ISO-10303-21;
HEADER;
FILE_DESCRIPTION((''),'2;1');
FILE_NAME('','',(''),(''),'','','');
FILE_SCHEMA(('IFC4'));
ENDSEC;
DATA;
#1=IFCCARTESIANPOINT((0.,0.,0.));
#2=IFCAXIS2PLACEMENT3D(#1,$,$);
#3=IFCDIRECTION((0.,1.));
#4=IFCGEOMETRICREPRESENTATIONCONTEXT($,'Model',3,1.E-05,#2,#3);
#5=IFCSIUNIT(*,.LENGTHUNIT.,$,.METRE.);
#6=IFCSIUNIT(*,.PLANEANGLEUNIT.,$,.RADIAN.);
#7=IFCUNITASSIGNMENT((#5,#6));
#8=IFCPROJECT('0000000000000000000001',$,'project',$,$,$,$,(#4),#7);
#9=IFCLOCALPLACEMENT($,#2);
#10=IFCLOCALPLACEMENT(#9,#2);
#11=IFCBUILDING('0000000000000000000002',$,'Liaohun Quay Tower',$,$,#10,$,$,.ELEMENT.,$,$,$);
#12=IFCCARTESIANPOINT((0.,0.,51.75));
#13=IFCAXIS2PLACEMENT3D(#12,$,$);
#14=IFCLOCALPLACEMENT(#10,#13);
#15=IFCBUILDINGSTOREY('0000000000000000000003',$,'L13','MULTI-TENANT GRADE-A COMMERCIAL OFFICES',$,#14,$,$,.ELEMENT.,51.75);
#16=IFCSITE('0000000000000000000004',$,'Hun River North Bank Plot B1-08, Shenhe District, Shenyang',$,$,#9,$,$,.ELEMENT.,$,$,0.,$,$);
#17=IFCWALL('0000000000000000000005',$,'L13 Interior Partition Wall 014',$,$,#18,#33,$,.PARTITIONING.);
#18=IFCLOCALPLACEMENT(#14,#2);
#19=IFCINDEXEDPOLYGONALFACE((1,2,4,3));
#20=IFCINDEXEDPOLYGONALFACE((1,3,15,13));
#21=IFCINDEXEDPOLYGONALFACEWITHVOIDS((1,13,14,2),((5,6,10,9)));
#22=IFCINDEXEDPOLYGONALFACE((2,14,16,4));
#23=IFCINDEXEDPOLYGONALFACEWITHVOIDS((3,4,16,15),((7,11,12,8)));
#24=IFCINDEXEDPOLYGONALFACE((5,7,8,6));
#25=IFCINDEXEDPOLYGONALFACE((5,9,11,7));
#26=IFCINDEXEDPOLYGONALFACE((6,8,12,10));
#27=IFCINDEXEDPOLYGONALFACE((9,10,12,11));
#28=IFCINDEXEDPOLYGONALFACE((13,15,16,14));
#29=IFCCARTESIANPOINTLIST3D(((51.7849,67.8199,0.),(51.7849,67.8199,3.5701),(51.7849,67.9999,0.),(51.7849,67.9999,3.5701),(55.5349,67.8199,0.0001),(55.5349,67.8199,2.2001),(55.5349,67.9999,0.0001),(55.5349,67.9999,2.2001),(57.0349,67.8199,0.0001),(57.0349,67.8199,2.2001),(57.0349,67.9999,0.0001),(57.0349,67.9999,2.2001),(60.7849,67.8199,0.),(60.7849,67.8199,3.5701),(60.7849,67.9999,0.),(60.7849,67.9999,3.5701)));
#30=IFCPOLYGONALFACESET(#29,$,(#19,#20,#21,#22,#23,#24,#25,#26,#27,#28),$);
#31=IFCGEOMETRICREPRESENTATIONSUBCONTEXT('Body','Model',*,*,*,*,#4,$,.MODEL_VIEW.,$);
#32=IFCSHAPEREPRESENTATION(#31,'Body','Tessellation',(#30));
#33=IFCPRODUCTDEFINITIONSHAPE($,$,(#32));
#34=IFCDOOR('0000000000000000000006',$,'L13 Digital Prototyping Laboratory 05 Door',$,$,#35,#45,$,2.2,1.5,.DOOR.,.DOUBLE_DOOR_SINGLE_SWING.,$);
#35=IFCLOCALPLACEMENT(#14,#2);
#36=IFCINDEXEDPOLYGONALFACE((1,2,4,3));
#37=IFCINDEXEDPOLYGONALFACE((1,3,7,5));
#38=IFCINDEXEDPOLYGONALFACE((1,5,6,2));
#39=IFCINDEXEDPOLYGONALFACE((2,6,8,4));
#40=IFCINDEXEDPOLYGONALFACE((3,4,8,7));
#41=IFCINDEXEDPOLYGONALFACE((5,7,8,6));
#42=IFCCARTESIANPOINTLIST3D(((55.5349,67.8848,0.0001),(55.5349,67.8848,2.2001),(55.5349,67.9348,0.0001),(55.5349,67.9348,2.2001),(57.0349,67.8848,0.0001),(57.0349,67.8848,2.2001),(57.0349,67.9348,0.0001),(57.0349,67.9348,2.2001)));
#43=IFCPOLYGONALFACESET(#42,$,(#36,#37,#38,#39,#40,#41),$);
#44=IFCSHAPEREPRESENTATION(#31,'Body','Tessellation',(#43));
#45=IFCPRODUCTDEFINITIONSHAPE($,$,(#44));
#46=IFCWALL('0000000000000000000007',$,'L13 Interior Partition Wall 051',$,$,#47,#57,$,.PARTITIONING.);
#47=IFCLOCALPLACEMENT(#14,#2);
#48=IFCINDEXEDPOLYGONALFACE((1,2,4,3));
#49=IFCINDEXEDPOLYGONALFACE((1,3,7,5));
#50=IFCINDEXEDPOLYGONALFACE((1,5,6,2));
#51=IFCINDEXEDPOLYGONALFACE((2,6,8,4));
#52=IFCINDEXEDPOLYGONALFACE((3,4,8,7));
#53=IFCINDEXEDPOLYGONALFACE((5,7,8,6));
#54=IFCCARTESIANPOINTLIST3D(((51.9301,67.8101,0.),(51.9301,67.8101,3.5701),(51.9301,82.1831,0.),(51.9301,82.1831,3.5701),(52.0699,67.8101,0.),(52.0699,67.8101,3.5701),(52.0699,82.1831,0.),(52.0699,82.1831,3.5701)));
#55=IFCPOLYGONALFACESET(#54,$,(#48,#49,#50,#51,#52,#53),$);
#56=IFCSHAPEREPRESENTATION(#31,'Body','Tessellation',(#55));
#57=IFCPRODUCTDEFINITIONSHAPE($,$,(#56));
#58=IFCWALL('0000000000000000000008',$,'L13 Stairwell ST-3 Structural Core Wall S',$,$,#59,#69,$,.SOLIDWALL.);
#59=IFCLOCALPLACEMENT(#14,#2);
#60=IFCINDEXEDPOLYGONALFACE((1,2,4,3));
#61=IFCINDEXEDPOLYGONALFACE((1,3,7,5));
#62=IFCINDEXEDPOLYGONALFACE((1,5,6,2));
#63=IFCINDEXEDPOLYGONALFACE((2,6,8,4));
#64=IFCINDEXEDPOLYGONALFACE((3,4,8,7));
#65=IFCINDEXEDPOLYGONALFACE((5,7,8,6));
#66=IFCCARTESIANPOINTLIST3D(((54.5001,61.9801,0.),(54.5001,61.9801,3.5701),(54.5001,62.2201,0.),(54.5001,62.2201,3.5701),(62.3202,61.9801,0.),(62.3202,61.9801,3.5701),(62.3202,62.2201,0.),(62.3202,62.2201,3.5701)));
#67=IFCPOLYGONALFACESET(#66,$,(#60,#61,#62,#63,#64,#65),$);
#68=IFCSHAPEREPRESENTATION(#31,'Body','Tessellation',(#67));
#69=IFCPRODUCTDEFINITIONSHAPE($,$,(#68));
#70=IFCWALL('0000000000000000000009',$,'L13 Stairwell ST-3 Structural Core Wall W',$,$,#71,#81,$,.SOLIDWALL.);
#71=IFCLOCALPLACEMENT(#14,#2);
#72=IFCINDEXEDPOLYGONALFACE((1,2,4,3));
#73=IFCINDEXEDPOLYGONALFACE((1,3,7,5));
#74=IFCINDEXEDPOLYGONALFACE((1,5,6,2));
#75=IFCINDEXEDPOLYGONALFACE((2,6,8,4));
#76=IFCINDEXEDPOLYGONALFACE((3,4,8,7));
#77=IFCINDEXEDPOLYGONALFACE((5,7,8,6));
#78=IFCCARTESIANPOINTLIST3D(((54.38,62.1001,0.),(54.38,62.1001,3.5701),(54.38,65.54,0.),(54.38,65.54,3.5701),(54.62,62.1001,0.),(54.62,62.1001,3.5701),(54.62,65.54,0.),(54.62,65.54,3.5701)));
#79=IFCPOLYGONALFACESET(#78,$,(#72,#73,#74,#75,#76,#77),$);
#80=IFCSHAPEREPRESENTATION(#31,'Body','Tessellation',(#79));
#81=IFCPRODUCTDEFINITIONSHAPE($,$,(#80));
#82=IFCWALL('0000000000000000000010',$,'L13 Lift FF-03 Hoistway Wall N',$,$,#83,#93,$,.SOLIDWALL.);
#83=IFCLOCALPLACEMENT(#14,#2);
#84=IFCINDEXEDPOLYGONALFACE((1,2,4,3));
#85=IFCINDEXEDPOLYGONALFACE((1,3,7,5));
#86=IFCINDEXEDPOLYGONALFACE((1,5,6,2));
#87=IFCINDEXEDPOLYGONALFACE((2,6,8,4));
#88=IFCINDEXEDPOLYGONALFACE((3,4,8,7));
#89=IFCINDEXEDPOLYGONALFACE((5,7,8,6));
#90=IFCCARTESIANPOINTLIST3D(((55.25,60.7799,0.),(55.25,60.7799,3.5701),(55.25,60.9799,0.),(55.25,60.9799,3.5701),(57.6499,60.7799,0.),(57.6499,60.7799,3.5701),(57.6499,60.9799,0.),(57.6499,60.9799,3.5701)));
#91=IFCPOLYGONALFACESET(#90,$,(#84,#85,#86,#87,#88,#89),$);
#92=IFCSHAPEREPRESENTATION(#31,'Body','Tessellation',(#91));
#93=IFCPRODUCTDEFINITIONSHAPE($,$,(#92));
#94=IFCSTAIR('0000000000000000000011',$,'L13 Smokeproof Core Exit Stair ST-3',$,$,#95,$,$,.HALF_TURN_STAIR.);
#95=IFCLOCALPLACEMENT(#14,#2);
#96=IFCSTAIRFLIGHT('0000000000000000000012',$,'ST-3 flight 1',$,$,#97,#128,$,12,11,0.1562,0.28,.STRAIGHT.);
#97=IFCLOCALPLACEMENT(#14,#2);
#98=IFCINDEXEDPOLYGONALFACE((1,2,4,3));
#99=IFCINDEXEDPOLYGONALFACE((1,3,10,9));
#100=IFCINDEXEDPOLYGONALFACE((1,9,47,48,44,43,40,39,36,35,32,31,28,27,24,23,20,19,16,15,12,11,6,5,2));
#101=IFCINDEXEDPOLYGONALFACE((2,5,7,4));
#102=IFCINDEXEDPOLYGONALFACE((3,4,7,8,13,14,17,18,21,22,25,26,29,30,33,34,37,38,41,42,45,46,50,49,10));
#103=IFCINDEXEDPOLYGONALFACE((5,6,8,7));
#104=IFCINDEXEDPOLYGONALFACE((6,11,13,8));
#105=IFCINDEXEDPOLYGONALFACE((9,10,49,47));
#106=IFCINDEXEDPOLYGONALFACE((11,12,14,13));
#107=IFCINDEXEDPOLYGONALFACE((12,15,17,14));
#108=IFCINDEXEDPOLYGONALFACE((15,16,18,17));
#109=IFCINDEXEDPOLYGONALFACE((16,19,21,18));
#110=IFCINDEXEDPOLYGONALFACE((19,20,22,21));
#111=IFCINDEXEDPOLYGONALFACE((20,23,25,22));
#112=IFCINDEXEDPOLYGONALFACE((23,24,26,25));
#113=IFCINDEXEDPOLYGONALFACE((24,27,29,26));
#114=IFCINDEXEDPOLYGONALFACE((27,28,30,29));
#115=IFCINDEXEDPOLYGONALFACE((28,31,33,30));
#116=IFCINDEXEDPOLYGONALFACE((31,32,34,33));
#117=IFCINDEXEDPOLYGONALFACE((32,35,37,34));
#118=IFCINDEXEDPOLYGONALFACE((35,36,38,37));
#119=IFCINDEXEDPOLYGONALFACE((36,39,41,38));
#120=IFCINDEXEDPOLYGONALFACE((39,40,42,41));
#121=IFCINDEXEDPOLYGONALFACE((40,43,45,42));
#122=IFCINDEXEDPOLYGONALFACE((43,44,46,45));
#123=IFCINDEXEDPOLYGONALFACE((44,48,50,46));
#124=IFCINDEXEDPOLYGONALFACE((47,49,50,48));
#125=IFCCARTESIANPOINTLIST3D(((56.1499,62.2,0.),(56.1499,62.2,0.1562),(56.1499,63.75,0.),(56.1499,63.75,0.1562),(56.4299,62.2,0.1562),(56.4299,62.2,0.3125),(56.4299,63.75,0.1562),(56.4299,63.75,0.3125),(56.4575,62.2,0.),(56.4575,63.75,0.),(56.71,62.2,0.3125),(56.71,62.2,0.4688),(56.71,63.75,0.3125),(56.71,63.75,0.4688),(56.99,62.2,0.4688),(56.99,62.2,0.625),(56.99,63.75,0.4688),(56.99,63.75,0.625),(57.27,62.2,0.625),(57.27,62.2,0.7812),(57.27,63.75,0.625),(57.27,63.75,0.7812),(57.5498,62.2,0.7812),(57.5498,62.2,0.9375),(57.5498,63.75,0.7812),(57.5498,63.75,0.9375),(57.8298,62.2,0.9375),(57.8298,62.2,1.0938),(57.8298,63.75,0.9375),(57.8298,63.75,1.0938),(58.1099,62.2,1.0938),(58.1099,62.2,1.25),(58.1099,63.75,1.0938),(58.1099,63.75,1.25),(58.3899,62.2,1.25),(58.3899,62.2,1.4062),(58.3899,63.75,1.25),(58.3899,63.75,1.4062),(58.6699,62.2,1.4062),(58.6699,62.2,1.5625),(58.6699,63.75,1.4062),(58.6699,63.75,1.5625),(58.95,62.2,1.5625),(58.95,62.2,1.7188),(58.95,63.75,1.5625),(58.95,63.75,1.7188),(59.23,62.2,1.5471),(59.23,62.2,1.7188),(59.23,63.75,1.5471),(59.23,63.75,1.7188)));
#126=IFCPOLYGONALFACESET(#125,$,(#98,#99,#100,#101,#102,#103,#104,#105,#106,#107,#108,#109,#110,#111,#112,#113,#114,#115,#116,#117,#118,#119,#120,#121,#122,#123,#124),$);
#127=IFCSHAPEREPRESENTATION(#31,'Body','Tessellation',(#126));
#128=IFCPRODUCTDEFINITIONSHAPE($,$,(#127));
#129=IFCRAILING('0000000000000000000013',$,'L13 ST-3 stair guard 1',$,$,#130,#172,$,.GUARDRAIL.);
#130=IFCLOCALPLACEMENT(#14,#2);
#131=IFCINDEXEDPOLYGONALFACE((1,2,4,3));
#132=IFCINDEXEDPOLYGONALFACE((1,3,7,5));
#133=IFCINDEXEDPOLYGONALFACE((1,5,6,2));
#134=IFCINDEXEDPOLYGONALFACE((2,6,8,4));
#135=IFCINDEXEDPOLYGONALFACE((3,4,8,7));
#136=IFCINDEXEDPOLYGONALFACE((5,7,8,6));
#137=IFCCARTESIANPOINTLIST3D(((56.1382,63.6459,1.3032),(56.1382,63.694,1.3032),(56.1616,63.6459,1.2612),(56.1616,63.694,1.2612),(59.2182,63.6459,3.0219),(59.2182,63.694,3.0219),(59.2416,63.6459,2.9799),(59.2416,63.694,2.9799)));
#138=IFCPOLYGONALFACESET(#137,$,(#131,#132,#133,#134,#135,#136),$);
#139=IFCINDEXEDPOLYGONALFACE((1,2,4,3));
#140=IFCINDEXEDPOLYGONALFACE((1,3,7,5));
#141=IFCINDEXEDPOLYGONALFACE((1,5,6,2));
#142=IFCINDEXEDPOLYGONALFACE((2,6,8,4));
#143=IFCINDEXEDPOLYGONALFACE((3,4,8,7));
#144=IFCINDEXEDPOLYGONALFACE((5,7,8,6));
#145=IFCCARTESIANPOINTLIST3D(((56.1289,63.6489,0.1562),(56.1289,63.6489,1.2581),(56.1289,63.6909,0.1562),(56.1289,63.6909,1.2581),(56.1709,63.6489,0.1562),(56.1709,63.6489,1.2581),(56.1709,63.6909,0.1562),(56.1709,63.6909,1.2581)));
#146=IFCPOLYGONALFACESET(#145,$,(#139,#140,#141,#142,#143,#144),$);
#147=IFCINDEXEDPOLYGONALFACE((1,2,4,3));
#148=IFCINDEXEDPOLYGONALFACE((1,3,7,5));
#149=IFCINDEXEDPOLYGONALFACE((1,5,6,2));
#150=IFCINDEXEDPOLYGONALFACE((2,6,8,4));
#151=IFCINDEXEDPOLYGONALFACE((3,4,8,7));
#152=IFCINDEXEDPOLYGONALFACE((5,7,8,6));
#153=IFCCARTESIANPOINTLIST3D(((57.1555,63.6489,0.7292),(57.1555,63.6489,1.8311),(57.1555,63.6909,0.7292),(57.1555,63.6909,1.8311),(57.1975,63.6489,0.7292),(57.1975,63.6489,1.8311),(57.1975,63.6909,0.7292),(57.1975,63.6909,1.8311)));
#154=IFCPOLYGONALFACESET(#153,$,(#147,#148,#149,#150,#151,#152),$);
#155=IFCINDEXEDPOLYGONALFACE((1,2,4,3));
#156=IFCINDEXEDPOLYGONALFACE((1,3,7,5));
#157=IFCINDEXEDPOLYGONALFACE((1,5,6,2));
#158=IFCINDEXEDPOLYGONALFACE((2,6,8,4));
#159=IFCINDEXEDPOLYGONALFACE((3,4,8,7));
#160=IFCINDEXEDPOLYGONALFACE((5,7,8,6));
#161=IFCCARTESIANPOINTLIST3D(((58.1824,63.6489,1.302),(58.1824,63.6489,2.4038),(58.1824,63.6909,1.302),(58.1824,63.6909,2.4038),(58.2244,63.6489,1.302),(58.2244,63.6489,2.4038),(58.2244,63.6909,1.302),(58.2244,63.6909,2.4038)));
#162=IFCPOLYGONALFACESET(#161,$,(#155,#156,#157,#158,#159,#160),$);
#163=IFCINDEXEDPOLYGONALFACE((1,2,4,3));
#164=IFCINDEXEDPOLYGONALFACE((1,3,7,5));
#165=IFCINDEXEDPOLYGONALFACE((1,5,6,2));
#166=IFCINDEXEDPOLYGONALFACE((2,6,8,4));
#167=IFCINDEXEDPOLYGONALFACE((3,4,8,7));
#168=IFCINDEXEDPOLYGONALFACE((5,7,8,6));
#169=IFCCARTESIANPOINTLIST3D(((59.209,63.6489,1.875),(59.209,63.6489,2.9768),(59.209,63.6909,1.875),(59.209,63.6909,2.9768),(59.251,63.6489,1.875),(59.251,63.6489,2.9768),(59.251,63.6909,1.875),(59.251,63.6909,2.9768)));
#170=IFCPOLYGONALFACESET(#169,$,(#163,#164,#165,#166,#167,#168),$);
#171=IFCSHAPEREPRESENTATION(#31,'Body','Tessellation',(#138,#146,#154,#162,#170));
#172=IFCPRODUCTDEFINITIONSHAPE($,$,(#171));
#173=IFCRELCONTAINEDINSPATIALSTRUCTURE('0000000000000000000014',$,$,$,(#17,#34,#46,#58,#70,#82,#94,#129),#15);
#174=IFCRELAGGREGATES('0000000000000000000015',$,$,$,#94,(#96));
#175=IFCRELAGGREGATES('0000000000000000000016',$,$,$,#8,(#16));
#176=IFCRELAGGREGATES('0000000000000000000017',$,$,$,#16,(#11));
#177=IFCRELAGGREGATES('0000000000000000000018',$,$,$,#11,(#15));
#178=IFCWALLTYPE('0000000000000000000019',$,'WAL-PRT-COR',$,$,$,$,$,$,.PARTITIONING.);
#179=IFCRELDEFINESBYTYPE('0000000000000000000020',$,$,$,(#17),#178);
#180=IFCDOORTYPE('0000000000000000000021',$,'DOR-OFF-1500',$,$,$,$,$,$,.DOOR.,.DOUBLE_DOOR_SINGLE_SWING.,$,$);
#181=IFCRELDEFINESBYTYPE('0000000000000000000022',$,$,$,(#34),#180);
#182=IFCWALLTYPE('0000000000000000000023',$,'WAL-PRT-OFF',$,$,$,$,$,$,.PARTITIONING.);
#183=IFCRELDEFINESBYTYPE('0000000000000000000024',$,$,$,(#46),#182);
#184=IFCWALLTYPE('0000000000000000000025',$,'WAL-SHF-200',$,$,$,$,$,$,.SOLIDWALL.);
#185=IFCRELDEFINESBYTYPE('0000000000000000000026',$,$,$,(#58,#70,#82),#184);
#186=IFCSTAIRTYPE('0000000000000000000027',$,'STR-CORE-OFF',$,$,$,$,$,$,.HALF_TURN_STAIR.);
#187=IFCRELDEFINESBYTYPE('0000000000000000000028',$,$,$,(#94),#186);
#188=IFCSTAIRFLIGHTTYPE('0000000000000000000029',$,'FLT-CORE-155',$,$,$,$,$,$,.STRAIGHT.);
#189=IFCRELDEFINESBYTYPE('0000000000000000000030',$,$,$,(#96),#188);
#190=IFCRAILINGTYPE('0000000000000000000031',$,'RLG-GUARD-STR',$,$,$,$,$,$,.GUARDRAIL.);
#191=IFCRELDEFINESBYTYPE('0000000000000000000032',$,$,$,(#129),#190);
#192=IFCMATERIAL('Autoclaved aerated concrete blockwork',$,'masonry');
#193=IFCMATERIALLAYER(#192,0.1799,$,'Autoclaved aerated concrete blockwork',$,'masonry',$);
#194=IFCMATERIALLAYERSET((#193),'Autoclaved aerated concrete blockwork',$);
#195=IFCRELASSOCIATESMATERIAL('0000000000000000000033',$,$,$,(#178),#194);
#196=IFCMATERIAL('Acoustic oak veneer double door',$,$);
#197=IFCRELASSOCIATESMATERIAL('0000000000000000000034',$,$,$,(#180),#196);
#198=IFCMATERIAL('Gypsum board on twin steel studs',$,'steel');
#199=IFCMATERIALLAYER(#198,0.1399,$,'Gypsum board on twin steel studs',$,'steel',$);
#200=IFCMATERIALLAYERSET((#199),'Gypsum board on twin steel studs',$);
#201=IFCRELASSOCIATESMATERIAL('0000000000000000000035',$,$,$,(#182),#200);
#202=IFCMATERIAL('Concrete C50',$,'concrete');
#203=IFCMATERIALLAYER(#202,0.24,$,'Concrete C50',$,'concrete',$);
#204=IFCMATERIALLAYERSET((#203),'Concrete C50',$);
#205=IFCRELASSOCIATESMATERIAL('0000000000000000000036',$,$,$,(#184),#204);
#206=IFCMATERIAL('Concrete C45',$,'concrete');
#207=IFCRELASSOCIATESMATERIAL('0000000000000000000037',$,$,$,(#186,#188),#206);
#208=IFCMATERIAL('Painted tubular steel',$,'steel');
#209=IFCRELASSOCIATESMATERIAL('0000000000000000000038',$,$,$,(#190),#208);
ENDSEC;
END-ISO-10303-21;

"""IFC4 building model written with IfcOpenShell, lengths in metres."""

from ifc_helpers import new_model, si_unit, direction, frame, frame_2d, origin, origin_2d, place, context, subcontext, project, spatial, polyline, rectangle, outline, extrude, source, transform, mapped, material, layer, layer_set, type_object, element, fill, aggregate, save


model = new_model("IFC4")

# Units and contexts
model_context = context("Model", 3, precision=1e-05, world=origin(), true_north=direction((0.0, 1.0)))
body_context = subcontext(model_context, "Body", "Model", "MODEL_VIEW")
ifc_project = project(units=[si_unit("LENGTHUNIT", "METRE"), si_unit("PLANEANGLEUNIT", "RADIAN")], contexts=[model_context])

# Site, building, storey
site_placement = place(None, origin())
site = spatial("IfcSite", under=ifc_project, at=site_placement, Name="Hun River North Bank Plot B1-08, Shenhe District, Shenyang", CompositionType="ELEMENT", RefElevation=0.0)
building_placement = place(site_placement, origin())
building = spatial("IfcBuilding", under=site, at=building_placement, Name="Liaohun Quay Tower", CompositionType="ELEMENT")
storey_placement = place(building_placement, frame((0.0, 0.0, 51.75)))
storey = spatial("IfcBuildingStorey", under=building, at=storey_placement, Name="L13", Description="MULTI-TENANT GRADE-A COMMERCIAL OFFICES", CompositionType="ELEMENT", Elevation=51.75)

# Wall, opening, door
ifc_material_1 = material(Name="Autoclaved aerated concrete blockwork", Category="masonry")
ifc_layer_1 = layer(ifc_material_1, 0.1799, Name="Autoclaved aerated concrete blockwork", Category="masonry")
ifc_layer_set_1 = layer_set([ifc_layer_1], Name="Autoclaved aerated concrete blockwork")
wall_type_1 = type_object("IfcWallType", Name="WAL-PRT-COR", PredefinedType="PARTITIONING", material=ifc_layer_set_1)
wall_1_placement = place(storey_placement, frame((51.7849, 67.9099, 0.0), z_axis=(0.0, 0.0, 1.0), x_axis=(1.0, 0.0, 0.0)))
wall_1 = element("IfcWall", 1, at=wall_1_placement, inside=storey, type_object=wall_type_1, Name="L13 Interior Partition Wall 014", PredefinedType="PARTITIONING", context=body_context, shape_type="SweptSolid", body=[
    extrude(rectangle(XDim=9.0, YDim=0.1799, at=frame_2d((4.5, 0.0))), origin(), (0.0, 0.0, 1.0), 3.5701),
])
shared_shape_1 = source(origin(), body_context, "Body", "SweptSolid", [
    extrude(rectangle(XDim=1.5, YDim=2.2, at=frame_2d((0.75, 1.1001))), frame((0.0, 0.0999, 0.0), z_axis=(0.0, -1.0, 0.0), x_axis=(1.0, 0.0, 0.0)), (0.0, 0.0, 1.0), 0.2),
])
opening_1_placement = place(wall_1_placement, frame((3.75, 0.0, 0.0)))
opening_1 = element("IfcOpeningElement", 2, at=opening_1_placement, cuts=wall_1, PredefinedType="OPENING", context=body_context, shape_type="MappedRepresentation", body=[
    mapped(shared_shape_1, transform((0.0, 0.0, 0.0), x_axis=(1.0, 0.0, 0.0), y_axis=(0.0, 1.0, 0.0), z_axis=(0.0, 0.0, 1.0), scale=1.0)),
])
ifc_material_2 = material(Name="Acoustic oak veneer double door")
door_type = type_object("IfcDoorType", Name="DOR-OFF-1500", OperationType="DOUBLE_DOOR_SINGLE_SWING", PredefinedType="DOOR", material=ifc_material_2)
shared_shape_2 = source(origin(), body_context, "Body", "SweptSolid", [
    extrude(rectangle(XDim=1.5, YDim=2.2, at=frame_2d((0.75, 1.1001))), frame((0.0, 0.0249, 0.0), z_axis=(0.0, -1.0, 0.0), x_axis=(1.0, 0.0, 0.0)), (0.0, 0.0, 1.0), 0.05),
])
door_placement = place(opening_1_placement, origin())
door = element("IfcDoor", 3, at=door_placement, inside=storey, type_object=door_type, Name="L13 Digital Prototyping Laboratory 05 Door", OperationType="DOUBLE_DOOR_SINGLE_SWING", OverallHeight=2.2, OverallWidth=1.5, PredefinedType="DOOR", context=body_context, shape_type="MappedRepresentation", body=[
    mapped(shared_shape_2, transform((0.0, 0.0, 0.0), x_axis=(1.0, 0.0, 0.0), y_axis=(0.0, 1.0, 0.0), z_axis=(0.0, 0.0, 1.0), scale=1.0)),
])
fill(opening_1, door)

# Walls
ifc_material_3 = material(Name="Gypsum board on twin steel studs", Category="steel")
ifc_layer_2 = layer(ifc_material_3, 0.1399, Name="Gypsum board on twin steel studs", Category="steel")
ifc_layer_set_2 = layer_set([ifc_layer_2], Name="Gypsum board on twin steel studs")
wall_type_2 = type_object("IfcWallType", Name="WAL-PRT-OFF", PredefinedType="PARTITIONING", material=ifc_layer_set_2)
wall_2_placement = place(storey_placement, frame((52.0, 67.8101, 0.0), z_axis=(0.0, 0.0, 1.0), x_axis=(0.0, 1.0, 0.0)))
element("IfcWall", 4, at=wall_2_placement, inside=storey, type_object=wall_type_2, Name="L13 Interior Partition Wall 051", PredefinedType="PARTITIONING", context=body_context, shape_type="SweptSolid", body=[
    extrude(rectangle(XDim=14.373, YDim=0.1399, at=frame_2d((7.1865, 0.0))), origin(), (0.0, 0.0, 1.0), 3.5701),
])
ifc_material_4 = material(Name="Concrete C50", Category="concrete")
ifc_layer_3 = layer(ifc_material_4, 0.24, Name="Concrete C50", Category="concrete")
ifc_layer_set_3 = layer_set([ifc_layer_3], Name="Concrete C50")
wall_type_3 = type_object("IfcWallType", Name="WAL-SHF-200", PredefinedType="SOLIDWALL", material=ifc_layer_set_3)
wall_3_placement = place(storey_placement, frame((54.5, 62.1001, 0.0), z_axis=(0.0, 0.0, 1.0), x_axis=(1.0, 0.0, 0.0)))
element("IfcWall", 5, at=wall_3_placement, inside=storey, type_object=wall_type_3, Name="L13 Stairwell ST-3 Structural Core Wall S", PredefinedType="SOLIDWALL", context=body_context, shape_type="SweptSolid", body=[
    extrude(rectangle(XDim=7.8201, YDim=0.24, at=frame_2d((3.9102, 0.0))), origin(), (0.0, 0.0, 1.0), 3.5701),
])
wall_4_placement = place(storey_placement, frame((54.5, 65.54, 0.0), z_axis=(0.0, 0.0, 1.0), x_axis=(0.0, -1.0, 0.0)))
element("IfcWall", 6, at=wall_4_placement, inside=storey, type_object=wall_type_3, Name="L13 Stairwell ST-3 Structural Core Wall W", PredefinedType="SOLIDWALL", context=body_context, shape_type="SweptSolid", body=[
    extrude(rectangle(XDim=3.4399, YDim=0.24, at=frame_2d((1.72, 0.0))), origin(), (0.0, 0.0, 1.0), 3.5701),
])
wall_5_placement = place(storey_placement, frame((57.6499, 60.8799, 0.0), z_axis=(0.0, 0.0, 1.0), x_axis=(-1.0, 0.0, 0.0)))
element("IfcWall", 7, at=wall_5_placement, inside=storey, type_object=wall_type_3, Name="L13 Lift FF-03 Hoistway Wall N", PredefinedType="SOLIDWALL", context=body_context, shape_type="SweptSolid", body=[
    extrude(rectangle(XDim=2.3999, YDim=0.2, at=frame_2d((1.2, 0.0))), origin(), (0.0, 0.0, 1.0), 3.5701),
])

# Stair, stair flight
ifc_material_5 = material(Name="Concrete C45", Category="concrete")
stair_type = type_object("IfcStairType", Name="STR-CORE-OFF", PredefinedType="HALF_TURN_STAIR", material=ifc_material_5)
stair_placement = place(storey_placement, origin())
stair = element("IfcStair", 8, at=stair_placement, inside=storey, type_object=stair_type, Name="L13 Smokeproof Core Exit Stair ST-3", PredefinedType="HALF_TURN_STAIR")
stair_flight_type = type_object("IfcStairFlightType", Name="FLT-CORE-155", PredefinedType="STRAIGHT", material=ifc_material_5)
stair_flight_placement = place(storey_placement, frame((56.1499, 62.9751, 0.0), z_axis=(0.0, 0.0, 1.0), x_axis=(1.0, 0.0, 0.0)))
stair_flight = element("IfcStairFlight", 9, at=stair_flight_placement, type_object=stair_flight_type, Name="ST-3 flight 1", NumberOfRisers=12, NumberOfTreads=11, PredefinedType="STRAIGHT", RiserHeight=0.1562, TreadLength=0.28, context=body_context, shape_type="SweptSolid", body=[
    extrude(outline(polyline([(0.0, 0.0), (0.0, 0.1562), (0.28, 0.1562), (0.28, 0.3125), (0.5601, 0.3125), (0.5601, 0.4688), (0.8401, 0.4688), (0.8401, 0.625), (1.1201, 0.625), (1.1201, 0.7812), (1.3999, 0.7812), (1.3999, 0.9375), (1.6799, 0.9375), (1.6799, 1.0938), (1.96, 1.0938), (1.96, 1.25), (2.24, 1.25), (2.24, 1.4062), (2.52, 1.4062), (2.52, 1.5625), (2.8, 1.5625), (2.8, 1.7188), (3.0801, 1.7188), (3.0801, 1.875), (3.0801, 1.5471), (0.3076, 0.0), (0.0, 0.0)])), frame((0.0, 0.7749, 0.0), z_axis=(0.0, -1.0, 0.0), x_axis=(1.0, 0.0, 0.0)), (0.0, 0.0, 1.0), 1.55),
])
aggregate(stair, [stair_flight])

# Railing
ifc_material_6 = material(Name="Painted tubular steel", Category="steel")
railing_type_1 = type_object("IfcRailingType", Name="RLG-GUARD-STR", PredefinedType="GUARDRAIL", material=ifc_material_6)
railing_1_placement = place(storey_placement, frame((56.1499, 63.6699, 0.1562)))
element("IfcRailing", 10, at=railing_1_placement, inside=storey, type_object=railing_type_1, Name="L13 ST-3 stair guard 1", PredefinedType="GUARDRAIL", context=body_context, shape_type="SweptSolid", body=[
    extrude(rectangle(XDim=0.0481, YDim=0.0481, at=origin_2d()), frame((0.0, 0.0, 1.126), z_axis=(0.873242, 0.0, 0.487288), x_axis=(0.0, 1.0, 0.0)), (0.0, 0.0, 1.0), 3.5271),
    extrude(rectangle(XDim=0.042, YDim=0.042, at=origin_2d()), origin(), (0.0, 0.0, 1.0), 1.1018),
    extrude(rectangle(XDim=0.042, YDim=0.042, at=origin_2d()), frame((1.0266, 0.0, 0.573)), (0.0, 0.0, 1.0), 1.1018),
    extrude(rectangle(XDim=0.042, YDim=0.042, at=origin_2d()), frame((2.0535, 0.0, 1.1458)), (0.0, 0.0, 1.0), 1.1018),
    extrude(rectangle(XDim=0.042, YDim=0.042, at=origin_2d()), frame((3.0801, 0.0, 1.7188)), (0.0, 0.0, 1.0), 1.1018),
])

save(model, "model.ifc")
